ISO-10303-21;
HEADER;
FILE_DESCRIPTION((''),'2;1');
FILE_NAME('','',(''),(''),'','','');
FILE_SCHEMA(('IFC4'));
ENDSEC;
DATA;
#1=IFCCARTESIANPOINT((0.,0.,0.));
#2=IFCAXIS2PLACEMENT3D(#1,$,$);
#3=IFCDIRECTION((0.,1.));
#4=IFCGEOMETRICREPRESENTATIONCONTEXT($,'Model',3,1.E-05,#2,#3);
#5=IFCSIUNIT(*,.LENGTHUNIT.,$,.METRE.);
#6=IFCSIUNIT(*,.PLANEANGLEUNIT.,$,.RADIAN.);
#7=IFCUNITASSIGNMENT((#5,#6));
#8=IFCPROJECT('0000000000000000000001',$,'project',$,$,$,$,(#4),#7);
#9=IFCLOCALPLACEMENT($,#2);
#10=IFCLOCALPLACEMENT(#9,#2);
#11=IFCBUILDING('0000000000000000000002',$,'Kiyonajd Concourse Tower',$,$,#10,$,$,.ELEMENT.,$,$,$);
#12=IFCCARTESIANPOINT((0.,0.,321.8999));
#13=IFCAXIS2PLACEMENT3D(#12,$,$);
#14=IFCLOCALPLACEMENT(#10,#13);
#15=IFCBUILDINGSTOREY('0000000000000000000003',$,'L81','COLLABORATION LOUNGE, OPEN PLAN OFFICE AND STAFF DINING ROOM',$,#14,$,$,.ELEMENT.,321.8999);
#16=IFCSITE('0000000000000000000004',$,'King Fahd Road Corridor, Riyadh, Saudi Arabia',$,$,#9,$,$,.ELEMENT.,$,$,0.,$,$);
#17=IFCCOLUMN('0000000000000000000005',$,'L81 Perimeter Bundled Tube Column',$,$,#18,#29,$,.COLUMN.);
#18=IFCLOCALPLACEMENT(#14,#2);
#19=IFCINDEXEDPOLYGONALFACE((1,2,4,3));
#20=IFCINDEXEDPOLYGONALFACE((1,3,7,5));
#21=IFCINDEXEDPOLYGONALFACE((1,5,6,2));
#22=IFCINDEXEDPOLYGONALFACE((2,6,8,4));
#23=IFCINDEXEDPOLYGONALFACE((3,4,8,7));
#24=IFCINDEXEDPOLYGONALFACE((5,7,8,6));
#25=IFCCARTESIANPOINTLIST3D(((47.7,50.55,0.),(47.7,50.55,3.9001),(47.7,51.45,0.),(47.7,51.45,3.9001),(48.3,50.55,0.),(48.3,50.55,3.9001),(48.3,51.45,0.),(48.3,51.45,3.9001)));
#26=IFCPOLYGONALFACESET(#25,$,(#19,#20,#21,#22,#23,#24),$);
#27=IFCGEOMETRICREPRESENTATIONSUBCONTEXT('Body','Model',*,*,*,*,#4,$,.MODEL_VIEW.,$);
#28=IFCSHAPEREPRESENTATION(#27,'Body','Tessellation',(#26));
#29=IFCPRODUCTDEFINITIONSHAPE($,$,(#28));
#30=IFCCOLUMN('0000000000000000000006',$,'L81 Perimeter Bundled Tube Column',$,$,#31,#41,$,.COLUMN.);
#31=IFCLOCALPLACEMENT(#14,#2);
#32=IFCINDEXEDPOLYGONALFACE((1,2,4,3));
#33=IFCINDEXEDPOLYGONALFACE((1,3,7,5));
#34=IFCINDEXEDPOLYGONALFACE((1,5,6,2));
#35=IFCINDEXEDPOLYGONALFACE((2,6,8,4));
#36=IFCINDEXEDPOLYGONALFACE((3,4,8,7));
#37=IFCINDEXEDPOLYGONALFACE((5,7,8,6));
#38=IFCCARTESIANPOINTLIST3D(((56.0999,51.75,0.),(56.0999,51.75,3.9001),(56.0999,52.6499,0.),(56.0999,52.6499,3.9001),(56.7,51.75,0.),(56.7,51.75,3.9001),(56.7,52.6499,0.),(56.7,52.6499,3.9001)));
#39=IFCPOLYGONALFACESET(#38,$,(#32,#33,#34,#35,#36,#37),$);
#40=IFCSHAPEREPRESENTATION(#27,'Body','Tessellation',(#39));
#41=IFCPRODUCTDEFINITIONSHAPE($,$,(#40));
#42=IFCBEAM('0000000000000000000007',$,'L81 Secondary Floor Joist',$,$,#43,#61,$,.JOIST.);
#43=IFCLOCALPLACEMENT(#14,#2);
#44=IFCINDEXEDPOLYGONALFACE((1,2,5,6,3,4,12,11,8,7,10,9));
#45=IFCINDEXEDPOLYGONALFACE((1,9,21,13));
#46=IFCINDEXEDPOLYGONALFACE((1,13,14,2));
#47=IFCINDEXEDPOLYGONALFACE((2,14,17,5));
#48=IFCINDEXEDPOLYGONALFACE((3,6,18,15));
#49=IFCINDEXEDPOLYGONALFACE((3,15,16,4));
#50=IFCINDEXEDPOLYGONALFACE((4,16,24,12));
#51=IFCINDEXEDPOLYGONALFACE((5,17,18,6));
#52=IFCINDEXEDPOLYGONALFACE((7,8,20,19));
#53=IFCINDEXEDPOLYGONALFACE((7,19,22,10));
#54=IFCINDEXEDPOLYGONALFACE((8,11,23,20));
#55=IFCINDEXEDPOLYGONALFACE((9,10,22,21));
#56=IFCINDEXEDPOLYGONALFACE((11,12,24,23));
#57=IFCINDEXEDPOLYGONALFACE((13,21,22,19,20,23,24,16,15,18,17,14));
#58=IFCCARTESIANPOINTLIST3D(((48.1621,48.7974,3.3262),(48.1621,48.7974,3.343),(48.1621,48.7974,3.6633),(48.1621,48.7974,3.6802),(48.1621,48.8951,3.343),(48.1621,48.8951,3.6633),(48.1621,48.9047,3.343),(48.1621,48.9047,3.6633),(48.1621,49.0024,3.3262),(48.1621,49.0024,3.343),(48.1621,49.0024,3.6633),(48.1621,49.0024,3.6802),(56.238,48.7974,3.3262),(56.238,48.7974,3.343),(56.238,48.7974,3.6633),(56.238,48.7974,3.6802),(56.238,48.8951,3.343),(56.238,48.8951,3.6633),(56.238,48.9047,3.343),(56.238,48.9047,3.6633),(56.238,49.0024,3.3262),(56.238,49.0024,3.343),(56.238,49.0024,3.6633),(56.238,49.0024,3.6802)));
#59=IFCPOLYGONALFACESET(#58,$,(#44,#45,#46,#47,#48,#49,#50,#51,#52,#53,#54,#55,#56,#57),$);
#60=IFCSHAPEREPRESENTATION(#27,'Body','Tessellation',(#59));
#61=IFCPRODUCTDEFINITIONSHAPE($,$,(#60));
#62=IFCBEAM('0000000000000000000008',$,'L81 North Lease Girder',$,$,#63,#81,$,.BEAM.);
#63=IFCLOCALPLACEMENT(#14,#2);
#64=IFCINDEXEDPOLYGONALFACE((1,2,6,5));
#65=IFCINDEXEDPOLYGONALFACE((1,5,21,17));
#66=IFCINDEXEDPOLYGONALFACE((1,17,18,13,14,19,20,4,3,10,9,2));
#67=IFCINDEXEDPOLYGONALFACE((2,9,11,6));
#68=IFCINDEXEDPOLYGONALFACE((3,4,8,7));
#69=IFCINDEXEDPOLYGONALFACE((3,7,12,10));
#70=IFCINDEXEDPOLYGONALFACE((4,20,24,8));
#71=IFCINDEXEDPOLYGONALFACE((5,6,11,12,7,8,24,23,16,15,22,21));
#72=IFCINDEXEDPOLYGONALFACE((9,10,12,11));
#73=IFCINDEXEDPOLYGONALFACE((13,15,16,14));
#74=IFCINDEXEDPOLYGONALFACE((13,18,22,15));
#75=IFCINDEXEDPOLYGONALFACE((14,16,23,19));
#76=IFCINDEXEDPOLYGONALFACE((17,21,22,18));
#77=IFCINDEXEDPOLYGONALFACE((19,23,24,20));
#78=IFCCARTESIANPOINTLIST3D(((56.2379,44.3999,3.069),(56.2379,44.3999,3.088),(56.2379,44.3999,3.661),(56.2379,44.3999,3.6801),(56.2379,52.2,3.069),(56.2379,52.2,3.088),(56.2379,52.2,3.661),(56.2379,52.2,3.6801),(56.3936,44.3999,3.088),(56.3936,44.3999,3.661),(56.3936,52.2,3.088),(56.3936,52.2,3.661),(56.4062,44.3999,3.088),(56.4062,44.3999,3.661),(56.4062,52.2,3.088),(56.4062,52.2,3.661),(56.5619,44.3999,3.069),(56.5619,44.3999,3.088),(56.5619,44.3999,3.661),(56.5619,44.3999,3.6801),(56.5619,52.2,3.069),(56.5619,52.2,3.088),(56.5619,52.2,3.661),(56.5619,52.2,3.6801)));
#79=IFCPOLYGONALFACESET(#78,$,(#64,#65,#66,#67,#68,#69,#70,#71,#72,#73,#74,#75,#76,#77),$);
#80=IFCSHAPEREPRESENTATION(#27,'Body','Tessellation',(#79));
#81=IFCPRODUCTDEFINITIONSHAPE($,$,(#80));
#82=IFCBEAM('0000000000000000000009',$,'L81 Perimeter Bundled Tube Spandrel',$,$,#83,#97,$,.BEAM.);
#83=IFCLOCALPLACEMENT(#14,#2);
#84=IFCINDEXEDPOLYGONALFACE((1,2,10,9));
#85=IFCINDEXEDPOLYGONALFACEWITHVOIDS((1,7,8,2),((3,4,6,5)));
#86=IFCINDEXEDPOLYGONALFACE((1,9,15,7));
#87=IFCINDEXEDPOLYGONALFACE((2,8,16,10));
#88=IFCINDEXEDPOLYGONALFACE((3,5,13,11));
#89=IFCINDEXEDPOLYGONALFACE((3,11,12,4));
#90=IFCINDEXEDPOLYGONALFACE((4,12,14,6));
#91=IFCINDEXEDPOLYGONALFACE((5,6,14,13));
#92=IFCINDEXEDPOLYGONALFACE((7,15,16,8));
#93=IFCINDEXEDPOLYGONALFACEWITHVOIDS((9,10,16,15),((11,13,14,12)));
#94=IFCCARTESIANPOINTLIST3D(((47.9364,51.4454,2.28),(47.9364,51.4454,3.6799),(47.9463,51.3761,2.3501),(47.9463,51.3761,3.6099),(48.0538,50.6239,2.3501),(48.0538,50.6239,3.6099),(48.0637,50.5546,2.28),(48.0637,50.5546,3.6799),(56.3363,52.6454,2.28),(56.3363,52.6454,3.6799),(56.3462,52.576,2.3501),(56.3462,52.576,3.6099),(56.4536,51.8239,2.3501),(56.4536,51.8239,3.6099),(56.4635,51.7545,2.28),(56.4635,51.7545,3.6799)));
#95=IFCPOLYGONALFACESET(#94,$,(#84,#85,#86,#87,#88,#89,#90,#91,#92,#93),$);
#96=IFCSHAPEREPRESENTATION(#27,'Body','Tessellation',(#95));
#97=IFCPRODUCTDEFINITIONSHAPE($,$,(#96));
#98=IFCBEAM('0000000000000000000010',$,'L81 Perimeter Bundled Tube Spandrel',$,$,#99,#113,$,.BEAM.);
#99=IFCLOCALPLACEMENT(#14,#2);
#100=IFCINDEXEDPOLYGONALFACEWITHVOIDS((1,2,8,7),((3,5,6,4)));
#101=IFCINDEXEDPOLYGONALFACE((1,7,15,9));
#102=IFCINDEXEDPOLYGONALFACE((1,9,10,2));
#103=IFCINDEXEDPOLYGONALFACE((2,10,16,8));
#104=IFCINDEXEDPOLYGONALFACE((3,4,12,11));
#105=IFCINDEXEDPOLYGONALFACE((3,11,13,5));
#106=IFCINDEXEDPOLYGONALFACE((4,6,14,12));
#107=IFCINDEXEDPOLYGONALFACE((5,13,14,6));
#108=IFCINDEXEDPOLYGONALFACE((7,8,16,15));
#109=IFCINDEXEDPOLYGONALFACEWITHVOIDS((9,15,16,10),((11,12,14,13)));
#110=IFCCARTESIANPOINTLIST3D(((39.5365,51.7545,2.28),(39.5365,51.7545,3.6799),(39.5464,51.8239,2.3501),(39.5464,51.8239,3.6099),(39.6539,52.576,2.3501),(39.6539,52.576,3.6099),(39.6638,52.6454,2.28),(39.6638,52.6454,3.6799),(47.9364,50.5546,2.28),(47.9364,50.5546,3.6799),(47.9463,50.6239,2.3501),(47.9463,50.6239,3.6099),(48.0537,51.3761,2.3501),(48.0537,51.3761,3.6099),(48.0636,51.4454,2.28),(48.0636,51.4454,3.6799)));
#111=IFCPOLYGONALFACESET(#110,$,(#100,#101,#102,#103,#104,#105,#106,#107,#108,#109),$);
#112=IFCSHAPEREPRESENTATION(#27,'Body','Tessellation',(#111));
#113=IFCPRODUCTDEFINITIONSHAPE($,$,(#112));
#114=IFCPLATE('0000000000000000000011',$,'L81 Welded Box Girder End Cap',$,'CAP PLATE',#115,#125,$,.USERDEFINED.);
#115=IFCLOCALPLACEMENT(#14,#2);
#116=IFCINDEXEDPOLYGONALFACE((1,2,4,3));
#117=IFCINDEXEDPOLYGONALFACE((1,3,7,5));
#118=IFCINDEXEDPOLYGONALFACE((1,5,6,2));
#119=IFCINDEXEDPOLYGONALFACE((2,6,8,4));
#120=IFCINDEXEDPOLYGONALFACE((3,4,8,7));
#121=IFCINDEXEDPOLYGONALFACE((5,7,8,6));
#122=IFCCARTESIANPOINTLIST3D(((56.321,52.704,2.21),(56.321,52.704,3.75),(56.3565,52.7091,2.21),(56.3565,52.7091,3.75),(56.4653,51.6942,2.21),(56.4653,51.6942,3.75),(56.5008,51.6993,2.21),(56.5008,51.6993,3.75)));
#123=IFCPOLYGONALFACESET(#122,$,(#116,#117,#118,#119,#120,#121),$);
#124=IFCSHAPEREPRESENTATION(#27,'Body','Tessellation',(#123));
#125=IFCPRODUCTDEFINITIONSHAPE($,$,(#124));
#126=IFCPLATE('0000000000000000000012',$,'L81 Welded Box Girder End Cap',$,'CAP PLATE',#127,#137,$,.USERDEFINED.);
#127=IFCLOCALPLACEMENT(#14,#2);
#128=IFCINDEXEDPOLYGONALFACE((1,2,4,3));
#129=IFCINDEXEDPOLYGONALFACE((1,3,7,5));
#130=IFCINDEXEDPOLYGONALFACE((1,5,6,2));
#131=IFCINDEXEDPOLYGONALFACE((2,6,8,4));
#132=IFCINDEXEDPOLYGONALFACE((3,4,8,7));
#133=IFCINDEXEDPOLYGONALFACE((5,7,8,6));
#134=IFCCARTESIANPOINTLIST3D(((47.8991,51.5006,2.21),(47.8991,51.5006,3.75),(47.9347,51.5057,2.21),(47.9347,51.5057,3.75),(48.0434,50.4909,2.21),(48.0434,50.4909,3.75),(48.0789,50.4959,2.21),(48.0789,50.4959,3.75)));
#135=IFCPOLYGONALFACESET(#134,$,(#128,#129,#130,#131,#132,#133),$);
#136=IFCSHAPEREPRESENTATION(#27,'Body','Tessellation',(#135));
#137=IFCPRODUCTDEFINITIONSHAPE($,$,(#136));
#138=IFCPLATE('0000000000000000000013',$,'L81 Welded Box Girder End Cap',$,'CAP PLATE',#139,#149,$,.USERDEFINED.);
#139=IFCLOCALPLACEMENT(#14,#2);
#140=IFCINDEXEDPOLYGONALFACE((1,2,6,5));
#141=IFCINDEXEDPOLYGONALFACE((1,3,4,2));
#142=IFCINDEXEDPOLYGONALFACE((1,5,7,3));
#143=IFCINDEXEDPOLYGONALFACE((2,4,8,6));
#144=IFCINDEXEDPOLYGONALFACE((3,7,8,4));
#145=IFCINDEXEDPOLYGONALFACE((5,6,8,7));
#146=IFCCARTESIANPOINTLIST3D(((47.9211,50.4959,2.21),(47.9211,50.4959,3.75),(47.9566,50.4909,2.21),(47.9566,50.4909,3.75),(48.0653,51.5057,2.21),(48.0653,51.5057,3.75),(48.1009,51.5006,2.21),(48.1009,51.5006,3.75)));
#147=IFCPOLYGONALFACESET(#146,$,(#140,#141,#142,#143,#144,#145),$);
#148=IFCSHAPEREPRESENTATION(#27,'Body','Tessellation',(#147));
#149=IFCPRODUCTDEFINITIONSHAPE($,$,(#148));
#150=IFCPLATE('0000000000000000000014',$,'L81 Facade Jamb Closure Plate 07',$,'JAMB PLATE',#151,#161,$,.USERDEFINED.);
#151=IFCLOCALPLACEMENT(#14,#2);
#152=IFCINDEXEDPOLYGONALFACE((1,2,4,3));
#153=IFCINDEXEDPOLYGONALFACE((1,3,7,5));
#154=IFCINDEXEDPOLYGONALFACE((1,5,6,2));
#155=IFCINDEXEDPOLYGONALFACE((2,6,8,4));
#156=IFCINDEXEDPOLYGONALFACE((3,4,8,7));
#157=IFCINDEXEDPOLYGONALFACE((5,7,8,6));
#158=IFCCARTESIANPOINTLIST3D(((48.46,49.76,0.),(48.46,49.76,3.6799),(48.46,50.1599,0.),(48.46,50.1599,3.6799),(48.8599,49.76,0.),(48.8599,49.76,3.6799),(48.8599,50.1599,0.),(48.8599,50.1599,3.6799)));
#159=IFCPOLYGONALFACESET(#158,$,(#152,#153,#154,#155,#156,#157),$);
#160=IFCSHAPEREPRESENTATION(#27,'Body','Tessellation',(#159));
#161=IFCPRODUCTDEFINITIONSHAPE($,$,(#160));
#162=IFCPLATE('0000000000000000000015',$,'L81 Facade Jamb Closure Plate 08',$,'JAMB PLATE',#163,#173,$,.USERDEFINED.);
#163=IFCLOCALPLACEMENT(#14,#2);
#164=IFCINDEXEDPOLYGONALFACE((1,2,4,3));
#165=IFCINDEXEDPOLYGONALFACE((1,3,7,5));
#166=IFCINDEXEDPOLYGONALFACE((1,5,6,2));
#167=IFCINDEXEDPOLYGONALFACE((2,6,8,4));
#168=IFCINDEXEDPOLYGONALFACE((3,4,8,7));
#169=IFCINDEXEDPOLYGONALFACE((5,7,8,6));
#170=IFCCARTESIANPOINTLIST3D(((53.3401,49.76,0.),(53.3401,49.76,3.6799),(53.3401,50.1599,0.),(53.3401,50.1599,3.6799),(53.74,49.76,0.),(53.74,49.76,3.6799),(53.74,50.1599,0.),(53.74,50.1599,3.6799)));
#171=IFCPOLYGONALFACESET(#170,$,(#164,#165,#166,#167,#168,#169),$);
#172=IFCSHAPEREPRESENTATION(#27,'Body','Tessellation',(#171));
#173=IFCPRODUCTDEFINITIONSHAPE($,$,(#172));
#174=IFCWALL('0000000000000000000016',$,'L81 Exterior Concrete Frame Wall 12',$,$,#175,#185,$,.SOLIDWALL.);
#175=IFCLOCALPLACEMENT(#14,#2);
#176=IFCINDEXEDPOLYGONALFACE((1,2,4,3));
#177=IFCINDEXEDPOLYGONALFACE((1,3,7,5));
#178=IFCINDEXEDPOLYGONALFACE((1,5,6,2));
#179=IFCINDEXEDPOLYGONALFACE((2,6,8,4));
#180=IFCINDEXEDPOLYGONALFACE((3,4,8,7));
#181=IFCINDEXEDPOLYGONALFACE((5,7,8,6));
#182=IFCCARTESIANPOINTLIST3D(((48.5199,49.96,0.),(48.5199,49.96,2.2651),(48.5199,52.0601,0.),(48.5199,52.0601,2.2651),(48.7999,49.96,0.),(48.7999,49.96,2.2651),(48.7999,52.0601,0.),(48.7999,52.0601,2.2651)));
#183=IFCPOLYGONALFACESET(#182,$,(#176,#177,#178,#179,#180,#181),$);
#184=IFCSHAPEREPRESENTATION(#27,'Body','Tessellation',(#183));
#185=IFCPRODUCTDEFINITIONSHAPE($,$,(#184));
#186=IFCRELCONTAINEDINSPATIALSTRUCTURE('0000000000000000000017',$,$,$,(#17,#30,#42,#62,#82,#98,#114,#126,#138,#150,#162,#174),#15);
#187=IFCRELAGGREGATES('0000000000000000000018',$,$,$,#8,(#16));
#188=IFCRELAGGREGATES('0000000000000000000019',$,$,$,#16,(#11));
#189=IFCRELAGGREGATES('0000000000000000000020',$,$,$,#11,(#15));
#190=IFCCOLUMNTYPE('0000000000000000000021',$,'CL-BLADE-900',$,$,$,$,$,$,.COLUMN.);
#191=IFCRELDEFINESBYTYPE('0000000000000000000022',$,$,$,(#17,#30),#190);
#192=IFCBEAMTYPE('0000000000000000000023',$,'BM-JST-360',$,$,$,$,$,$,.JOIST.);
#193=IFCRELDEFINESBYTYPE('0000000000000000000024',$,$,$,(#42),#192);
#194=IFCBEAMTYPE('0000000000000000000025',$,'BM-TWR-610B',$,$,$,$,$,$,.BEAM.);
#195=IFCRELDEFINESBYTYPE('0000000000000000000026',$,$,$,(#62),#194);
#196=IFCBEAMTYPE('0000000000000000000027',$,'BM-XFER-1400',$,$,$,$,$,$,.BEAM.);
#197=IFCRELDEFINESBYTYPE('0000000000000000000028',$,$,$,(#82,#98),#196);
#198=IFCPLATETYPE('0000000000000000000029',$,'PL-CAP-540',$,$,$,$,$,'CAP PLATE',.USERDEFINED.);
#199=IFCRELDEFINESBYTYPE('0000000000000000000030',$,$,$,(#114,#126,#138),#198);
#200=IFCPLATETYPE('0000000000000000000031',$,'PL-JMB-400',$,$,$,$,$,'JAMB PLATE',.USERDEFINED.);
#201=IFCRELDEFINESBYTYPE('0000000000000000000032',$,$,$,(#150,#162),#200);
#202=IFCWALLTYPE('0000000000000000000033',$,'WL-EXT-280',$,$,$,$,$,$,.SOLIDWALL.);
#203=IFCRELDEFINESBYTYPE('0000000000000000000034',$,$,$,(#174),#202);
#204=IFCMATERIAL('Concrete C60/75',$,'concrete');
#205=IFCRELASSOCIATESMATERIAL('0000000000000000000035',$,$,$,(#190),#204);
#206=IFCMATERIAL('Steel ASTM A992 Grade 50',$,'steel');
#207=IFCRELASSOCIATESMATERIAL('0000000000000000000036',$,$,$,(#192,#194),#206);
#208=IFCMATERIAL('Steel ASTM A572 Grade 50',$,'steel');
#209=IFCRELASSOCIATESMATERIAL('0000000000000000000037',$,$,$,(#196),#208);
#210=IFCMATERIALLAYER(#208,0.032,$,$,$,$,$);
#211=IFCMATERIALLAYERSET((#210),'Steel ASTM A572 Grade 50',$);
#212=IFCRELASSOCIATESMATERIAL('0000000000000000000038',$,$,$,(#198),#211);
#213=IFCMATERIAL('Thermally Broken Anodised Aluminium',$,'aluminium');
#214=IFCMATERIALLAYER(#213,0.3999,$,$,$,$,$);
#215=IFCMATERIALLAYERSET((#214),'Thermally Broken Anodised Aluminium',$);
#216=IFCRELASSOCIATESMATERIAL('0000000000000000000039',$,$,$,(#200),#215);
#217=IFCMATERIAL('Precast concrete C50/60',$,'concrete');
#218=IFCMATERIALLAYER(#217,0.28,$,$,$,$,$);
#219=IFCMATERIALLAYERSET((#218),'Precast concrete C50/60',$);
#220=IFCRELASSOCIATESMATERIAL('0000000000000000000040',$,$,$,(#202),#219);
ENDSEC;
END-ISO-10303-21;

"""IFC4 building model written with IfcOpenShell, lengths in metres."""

from ifc_helpers import new_model, si_unit, direction, frame, frame_2d, origin, origin_2d, place, context, subcontext, project, spatial, rectangle, hollow_rectangle, i_section, extrude, material, layer, layer_set, material_profile, profile_set, type_object, element, save


model = new_model("IFC4")

# Units and contexts
model_context = context("Model", 3, precision=1e-05, world=origin(), true_north=direction((0.0, 1.0)))
body_context = subcontext(model_context, "Body", "Model", "MODEL_VIEW")
ifc_project = project(units=[si_unit("LENGTHUNIT", "METRE"), si_unit("PLANEANGLEUNIT", "RADIAN")], contexts=[model_context])

# Site, building, storey
site_placement = place(None, origin())
site = spatial("IfcSite", under=ifc_project, at=site_placement, Name="King Fahd Road Corridor, Riyadh, Saudi Arabia", CompositionType="ELEMENT", RefElevation=0.0)
building_placement = place(site_placement, origin())
building = spatial("IfcBuilding", under=site, at=building_placement, Name="Kiyonajd Concourse Tower", CompositionType="ELEMENT")
storey_placement = place(building_placement, frame((0.0, 0.0, 321.8999)))
storey = spatial("IfcBuildingStorey", under=building, at=storey_placement, Name="L81", Description="COLLABORATION LOUNGE, OPEN PLAN OFFICE AND STAFF DINING ROOM", CompositionType="ELEMENT", Elevation=321.8999)

# Columns
ifc_material_1 = material(Name="Concrete C60/75", Category="concrete")
ifc_material_profile_1 = material_profile(ifc_material_1, rectangle(XDim=0.6001, YDim=0.8999, at=origin_2d()), Name="RC-900x600")
ifc_profile_set_1 = profile_set([ifc_material_profile_1], Name="Concrete C60/75")
column_type = type_object("IfcColumnType", Name="CL-BLADE-900", PredefinedType="COLUMN", material=ifc_profile_set_1)
for number, where, z_axis, x_axis, name in (
    (1, (48.0, 51.0, 0.0), (0.0, 0.0, 1.0), (1.0, 0.0, 0.0), "L81 Perimeter Bundled Tube Column"),
    (2, (56.3999, 52.2, 0.0), (0.0, 0.0, 1.0), (1.0, 0.0, 0.0), "L81 Perimeter Bundled Tube Column"),
):
    element("IfcColumn", number, at=place(storey_placement, frame(where, z_axis=z_axis, x_axis=x_axis)), inside=storey, type_object=column_type, Name=name, PredefinedType="COLUMN", context=body_context, shape_type="SweptSolid", body=[
        extrude(rectangle(XDim=0.6001, YDim=0.8999, at=origin_2d()), origin(), (0.0, 0.0, 1.0), 3.9001),
    ])

# Beams
ifc_material_2 = material(Name="Steel ASTM A992 Grade 50", Category="steel")
ifc_material_profile_2 = material_profile(ifc_material_2, i_section(OverallWidth=0.2051, OverallDepth=0.354, WebThickness=0.0095, FlangeThickness=0.0168, at=origin_2d()), Name="W360X79")
ifc_profile_set_2 = profile_set([ifc_material_profile_2], Name="Steel ASTM A992 Grade 50")
beam_type_1 = type_object("IfcBeamType", Name="BM-JST-360", PredefinedType="JOIST", material=ifc_profile_set_2)
beam_1_placement = place(storey_placement, frame((48.1621, 48.8999, 3.5032), z_axis=(1.0, 0.0, 0.0), x_axis=(0.0, 1.0, 0.0)))
element("IfcBeam", 3, at=beam_1_placement, inside=storey, type_object=beam_type_1, Name="L81 Secondary Floor Joist", PredefinedType="JOIST", context=body_context, shape_type="SweptSolid", body=[
    extrude(i_section(OverallWidth=0.2051, OverallDepth=0.354, WebThickness=0.0095, FlangeThickness=0.0168, at=origin_2d()), origin(), (0.0, 0.0, 1.0), 8.0759),
])
ifc_material_profile_3 = material_profile(ifc_material_2, i_section(OverallWidth=0.324, OverallDepth=0.6111, WebThickness=0.0127, FlangeThickness=0.019, at=origin_2d()), Name="W610X155")
ifc_profile_set_3 = profile_set([ifc_material_profile_3], Name="Steel ASTM A992 Grade 50")
beam_type_2 = type_object("IfcBeamType", Name="BM-TWR-610B", PredefinedType="BEAM", material=ifc_profile_set_3)
beam_2_placement = place(storey_placement, frame((56.3999, 44.3999, 3.3745), z_axis=(0.0, 1.0, 0.0), x_axis=(-1.0, 0.0, 0.0)))
element("IfcBeam", 4, at=beam_2_placement, inside=storey, type_object=beam_type_2, Name="L81 North Lease Girder", PredefinedType="BEAM", context=body_context, shape_type="SweptSolid", body=[
    extrude(i_section(OverallWidth=0.324, OverallDepth=0.6111, WebThickness=0.0127, FlangeThickness=0.019, at=origin_2d()), origin(), (0.0, 0.0, 1.0), 7.8),
])
ifc_material_3 = material(Name="Steel ASTM A572 Grade 50", Category="steel")
ifc_material_profile_4 = material_profile(ifc_material_3, hollow_rectangle(XDim=0.8999, YDim=1.3999, WallThickness=0.0701, at=origin_2d()), Name="BOX-1400x900x70")
ifc_profile_set_4 = profile_set([ifc_material_profile_4], Name="Steel ASTM A572 Grade 50")
beam_type_3 = type_object("IfcBeamType", Name="BM-XFER-1400", PredefinedType="BEAM", material=ifc_profile_set_4)
for number, where, z_axis, x_axis, name in (
    (5, (56.3999, 52.2, 2.98), (-0.98995, -0.141417, 0.0), (0.141417, -0.98995, 0.0), "L81 Perimeter Bundled Tube Spandrel"),
    (6, (48.0, 51.0, 2.98), (-0.98995, 0.141417, 0.0), (-0.141417, -0.98995, 0.0), "L81 Perimeter Bundled Tube Spandrel"),
):
    element("IfcBeam", number, at=place(storey_placement, frame(where, z_axis=z_axis, x_axis=x_axis)), inside=storey, type_object=beam_type_3, Name=name, PredefinedType="BEAM", context=body_context, shape_type="SweptSolid", body=[
        extrude(hollow_rectangle(XDim=0.8999, YDim=1.3999, WallThickness=0.0701, at=origin_2d()), origin(), (0.0, 0.0, 1.0), 8.4851),
    ])

# Plates
ifc_layer_1 = layer(ifc_material_3, 0.032)
ifc_layer_set_1 = layer_set([ifc_layer_1], Name="Steel ASTM A572 Grade 50")
plate_type_1 = type_object("IfcPlateType", Name="PL-CAP-540", ElementType="CAP PLATE", PredefinedType="USERDEFINED", material=ifc_layer_set_1)
for number, where, z_axis, x_axis, name in (
    (7, (56.4109, 52.2017, 2.21), (0.0, 0.0, 1.0), (0.98995, 0.14142, 0.0), "L81 Welded Box Girder End Cap"),
    (8, (47.989, 50.9983, 2.21), (0.0, 0.0, 1.0), (-0.98995, -0.14142, 0.0), "L81 Welded Box Girder End Cap"),
    (9, (48.011, 50.9983, 2.21), (0.0, 0.0, 1.0), (0.98995, -0.14142, 0.0), "L81 Welded Box Girder End Cap"),
):
    element("IfcPlate", number, at=place(storey_placement, frame(where, z_axis=z_axis, x_axis=x_axis)), inside=storey, type_object=plate_type_1, Name=name, ObjectType="CAP PLATE", PredefinedType="USERDEFINED", context=body_context, shape_type="SweptSolid", body=[
        extrude(rectangle(XDim=0.0359, YDim=1.02, at=origin_2d()), origin(), (0.0, 0.0, 1.0), 1.54),
    ])
ifc_material_4 = material(Name="Thermally Broken Anodised Aluminium", Category="aluminium")
ifc_layer_2 = layer(ifc_material_4, 0.3999)
ifc_layer_set_2 = layer_set([ifc_layer_2], Name="Thermally Broken Anodised Aluminium")
plate_type_2 = type_object("IfcPlateType", Name="PL-JMB-400", ElementType="JAMB PLATE", PredefinedType="USERDEFINED", material=ifc_layer_set_2)
for number, where, z_axis, x_axis, name in (
    (10, (48.6599, 49.96, 0.0), (0.0, 0.0, 1.0), (1.0, 0.0, 0.0), "L81 Facade Jamb Closure Plate 07"),
    (11, (53.54, 49.96, 0.0), (0.0, 0.0, 1.0), (1.0, 0.0, 0.0), "L81 Facade Jamb Closure Plate 08"),
):
    element("IfcPlate", number, at=place(storey_placement, frame(where, z_axis=z_axis, x_axis=x_axis)), inside=storey, type_object=plate_type_2, Name=name, ObjectType="JAMB PLATE", PredefinedType="USERDEFINED", context=body_context, shape_type="SweptSolid", body=[
        extrude(rectangle(XDim=0.3999, YDim=0.3999, at=origin_2d()), origin(), (0.0, 0.0, 1.0), 3.6799),
    ])

# Wall
ifc_material_5 = material(Name="Precast concrete C50/60", Category="concrete")
ifc_layer_3 = layer(ifc_material_5, 0.28)
ifc_layer_set_3 = layer_set([ifc_layer_3], Name="Precast concrete C50/60")
wall_type_1 = type_object("IfcWallType", Name="WL-EXT-280", PredefinedType="SOLIDWALL", material=ifc_layer_set_3)
wall_1_placement = place(storey_placement, frame((48.6599, 52.0601, 0.0), z_axis=(0.0, 0.0, 1.0), x_axis=(0.0, -1.0, 0.0)))
element("IfcWall", 12, at=wall_1_placement, inside=storey, type_object=wall_type_1, Name="L81 Exterior Concrete Frame Wall 12", PredefinedType="SOLIDWALL", context=body_context, shape_type="SweptSolid", body=[
    extrude(rectangle(XDim=2.1001, YDim=0.28, at=frame_2d((1.05, 0.0))), origin(), (0.0, 0.0, 1.0), 2.2651),
])

save(model, "model.ifc")
